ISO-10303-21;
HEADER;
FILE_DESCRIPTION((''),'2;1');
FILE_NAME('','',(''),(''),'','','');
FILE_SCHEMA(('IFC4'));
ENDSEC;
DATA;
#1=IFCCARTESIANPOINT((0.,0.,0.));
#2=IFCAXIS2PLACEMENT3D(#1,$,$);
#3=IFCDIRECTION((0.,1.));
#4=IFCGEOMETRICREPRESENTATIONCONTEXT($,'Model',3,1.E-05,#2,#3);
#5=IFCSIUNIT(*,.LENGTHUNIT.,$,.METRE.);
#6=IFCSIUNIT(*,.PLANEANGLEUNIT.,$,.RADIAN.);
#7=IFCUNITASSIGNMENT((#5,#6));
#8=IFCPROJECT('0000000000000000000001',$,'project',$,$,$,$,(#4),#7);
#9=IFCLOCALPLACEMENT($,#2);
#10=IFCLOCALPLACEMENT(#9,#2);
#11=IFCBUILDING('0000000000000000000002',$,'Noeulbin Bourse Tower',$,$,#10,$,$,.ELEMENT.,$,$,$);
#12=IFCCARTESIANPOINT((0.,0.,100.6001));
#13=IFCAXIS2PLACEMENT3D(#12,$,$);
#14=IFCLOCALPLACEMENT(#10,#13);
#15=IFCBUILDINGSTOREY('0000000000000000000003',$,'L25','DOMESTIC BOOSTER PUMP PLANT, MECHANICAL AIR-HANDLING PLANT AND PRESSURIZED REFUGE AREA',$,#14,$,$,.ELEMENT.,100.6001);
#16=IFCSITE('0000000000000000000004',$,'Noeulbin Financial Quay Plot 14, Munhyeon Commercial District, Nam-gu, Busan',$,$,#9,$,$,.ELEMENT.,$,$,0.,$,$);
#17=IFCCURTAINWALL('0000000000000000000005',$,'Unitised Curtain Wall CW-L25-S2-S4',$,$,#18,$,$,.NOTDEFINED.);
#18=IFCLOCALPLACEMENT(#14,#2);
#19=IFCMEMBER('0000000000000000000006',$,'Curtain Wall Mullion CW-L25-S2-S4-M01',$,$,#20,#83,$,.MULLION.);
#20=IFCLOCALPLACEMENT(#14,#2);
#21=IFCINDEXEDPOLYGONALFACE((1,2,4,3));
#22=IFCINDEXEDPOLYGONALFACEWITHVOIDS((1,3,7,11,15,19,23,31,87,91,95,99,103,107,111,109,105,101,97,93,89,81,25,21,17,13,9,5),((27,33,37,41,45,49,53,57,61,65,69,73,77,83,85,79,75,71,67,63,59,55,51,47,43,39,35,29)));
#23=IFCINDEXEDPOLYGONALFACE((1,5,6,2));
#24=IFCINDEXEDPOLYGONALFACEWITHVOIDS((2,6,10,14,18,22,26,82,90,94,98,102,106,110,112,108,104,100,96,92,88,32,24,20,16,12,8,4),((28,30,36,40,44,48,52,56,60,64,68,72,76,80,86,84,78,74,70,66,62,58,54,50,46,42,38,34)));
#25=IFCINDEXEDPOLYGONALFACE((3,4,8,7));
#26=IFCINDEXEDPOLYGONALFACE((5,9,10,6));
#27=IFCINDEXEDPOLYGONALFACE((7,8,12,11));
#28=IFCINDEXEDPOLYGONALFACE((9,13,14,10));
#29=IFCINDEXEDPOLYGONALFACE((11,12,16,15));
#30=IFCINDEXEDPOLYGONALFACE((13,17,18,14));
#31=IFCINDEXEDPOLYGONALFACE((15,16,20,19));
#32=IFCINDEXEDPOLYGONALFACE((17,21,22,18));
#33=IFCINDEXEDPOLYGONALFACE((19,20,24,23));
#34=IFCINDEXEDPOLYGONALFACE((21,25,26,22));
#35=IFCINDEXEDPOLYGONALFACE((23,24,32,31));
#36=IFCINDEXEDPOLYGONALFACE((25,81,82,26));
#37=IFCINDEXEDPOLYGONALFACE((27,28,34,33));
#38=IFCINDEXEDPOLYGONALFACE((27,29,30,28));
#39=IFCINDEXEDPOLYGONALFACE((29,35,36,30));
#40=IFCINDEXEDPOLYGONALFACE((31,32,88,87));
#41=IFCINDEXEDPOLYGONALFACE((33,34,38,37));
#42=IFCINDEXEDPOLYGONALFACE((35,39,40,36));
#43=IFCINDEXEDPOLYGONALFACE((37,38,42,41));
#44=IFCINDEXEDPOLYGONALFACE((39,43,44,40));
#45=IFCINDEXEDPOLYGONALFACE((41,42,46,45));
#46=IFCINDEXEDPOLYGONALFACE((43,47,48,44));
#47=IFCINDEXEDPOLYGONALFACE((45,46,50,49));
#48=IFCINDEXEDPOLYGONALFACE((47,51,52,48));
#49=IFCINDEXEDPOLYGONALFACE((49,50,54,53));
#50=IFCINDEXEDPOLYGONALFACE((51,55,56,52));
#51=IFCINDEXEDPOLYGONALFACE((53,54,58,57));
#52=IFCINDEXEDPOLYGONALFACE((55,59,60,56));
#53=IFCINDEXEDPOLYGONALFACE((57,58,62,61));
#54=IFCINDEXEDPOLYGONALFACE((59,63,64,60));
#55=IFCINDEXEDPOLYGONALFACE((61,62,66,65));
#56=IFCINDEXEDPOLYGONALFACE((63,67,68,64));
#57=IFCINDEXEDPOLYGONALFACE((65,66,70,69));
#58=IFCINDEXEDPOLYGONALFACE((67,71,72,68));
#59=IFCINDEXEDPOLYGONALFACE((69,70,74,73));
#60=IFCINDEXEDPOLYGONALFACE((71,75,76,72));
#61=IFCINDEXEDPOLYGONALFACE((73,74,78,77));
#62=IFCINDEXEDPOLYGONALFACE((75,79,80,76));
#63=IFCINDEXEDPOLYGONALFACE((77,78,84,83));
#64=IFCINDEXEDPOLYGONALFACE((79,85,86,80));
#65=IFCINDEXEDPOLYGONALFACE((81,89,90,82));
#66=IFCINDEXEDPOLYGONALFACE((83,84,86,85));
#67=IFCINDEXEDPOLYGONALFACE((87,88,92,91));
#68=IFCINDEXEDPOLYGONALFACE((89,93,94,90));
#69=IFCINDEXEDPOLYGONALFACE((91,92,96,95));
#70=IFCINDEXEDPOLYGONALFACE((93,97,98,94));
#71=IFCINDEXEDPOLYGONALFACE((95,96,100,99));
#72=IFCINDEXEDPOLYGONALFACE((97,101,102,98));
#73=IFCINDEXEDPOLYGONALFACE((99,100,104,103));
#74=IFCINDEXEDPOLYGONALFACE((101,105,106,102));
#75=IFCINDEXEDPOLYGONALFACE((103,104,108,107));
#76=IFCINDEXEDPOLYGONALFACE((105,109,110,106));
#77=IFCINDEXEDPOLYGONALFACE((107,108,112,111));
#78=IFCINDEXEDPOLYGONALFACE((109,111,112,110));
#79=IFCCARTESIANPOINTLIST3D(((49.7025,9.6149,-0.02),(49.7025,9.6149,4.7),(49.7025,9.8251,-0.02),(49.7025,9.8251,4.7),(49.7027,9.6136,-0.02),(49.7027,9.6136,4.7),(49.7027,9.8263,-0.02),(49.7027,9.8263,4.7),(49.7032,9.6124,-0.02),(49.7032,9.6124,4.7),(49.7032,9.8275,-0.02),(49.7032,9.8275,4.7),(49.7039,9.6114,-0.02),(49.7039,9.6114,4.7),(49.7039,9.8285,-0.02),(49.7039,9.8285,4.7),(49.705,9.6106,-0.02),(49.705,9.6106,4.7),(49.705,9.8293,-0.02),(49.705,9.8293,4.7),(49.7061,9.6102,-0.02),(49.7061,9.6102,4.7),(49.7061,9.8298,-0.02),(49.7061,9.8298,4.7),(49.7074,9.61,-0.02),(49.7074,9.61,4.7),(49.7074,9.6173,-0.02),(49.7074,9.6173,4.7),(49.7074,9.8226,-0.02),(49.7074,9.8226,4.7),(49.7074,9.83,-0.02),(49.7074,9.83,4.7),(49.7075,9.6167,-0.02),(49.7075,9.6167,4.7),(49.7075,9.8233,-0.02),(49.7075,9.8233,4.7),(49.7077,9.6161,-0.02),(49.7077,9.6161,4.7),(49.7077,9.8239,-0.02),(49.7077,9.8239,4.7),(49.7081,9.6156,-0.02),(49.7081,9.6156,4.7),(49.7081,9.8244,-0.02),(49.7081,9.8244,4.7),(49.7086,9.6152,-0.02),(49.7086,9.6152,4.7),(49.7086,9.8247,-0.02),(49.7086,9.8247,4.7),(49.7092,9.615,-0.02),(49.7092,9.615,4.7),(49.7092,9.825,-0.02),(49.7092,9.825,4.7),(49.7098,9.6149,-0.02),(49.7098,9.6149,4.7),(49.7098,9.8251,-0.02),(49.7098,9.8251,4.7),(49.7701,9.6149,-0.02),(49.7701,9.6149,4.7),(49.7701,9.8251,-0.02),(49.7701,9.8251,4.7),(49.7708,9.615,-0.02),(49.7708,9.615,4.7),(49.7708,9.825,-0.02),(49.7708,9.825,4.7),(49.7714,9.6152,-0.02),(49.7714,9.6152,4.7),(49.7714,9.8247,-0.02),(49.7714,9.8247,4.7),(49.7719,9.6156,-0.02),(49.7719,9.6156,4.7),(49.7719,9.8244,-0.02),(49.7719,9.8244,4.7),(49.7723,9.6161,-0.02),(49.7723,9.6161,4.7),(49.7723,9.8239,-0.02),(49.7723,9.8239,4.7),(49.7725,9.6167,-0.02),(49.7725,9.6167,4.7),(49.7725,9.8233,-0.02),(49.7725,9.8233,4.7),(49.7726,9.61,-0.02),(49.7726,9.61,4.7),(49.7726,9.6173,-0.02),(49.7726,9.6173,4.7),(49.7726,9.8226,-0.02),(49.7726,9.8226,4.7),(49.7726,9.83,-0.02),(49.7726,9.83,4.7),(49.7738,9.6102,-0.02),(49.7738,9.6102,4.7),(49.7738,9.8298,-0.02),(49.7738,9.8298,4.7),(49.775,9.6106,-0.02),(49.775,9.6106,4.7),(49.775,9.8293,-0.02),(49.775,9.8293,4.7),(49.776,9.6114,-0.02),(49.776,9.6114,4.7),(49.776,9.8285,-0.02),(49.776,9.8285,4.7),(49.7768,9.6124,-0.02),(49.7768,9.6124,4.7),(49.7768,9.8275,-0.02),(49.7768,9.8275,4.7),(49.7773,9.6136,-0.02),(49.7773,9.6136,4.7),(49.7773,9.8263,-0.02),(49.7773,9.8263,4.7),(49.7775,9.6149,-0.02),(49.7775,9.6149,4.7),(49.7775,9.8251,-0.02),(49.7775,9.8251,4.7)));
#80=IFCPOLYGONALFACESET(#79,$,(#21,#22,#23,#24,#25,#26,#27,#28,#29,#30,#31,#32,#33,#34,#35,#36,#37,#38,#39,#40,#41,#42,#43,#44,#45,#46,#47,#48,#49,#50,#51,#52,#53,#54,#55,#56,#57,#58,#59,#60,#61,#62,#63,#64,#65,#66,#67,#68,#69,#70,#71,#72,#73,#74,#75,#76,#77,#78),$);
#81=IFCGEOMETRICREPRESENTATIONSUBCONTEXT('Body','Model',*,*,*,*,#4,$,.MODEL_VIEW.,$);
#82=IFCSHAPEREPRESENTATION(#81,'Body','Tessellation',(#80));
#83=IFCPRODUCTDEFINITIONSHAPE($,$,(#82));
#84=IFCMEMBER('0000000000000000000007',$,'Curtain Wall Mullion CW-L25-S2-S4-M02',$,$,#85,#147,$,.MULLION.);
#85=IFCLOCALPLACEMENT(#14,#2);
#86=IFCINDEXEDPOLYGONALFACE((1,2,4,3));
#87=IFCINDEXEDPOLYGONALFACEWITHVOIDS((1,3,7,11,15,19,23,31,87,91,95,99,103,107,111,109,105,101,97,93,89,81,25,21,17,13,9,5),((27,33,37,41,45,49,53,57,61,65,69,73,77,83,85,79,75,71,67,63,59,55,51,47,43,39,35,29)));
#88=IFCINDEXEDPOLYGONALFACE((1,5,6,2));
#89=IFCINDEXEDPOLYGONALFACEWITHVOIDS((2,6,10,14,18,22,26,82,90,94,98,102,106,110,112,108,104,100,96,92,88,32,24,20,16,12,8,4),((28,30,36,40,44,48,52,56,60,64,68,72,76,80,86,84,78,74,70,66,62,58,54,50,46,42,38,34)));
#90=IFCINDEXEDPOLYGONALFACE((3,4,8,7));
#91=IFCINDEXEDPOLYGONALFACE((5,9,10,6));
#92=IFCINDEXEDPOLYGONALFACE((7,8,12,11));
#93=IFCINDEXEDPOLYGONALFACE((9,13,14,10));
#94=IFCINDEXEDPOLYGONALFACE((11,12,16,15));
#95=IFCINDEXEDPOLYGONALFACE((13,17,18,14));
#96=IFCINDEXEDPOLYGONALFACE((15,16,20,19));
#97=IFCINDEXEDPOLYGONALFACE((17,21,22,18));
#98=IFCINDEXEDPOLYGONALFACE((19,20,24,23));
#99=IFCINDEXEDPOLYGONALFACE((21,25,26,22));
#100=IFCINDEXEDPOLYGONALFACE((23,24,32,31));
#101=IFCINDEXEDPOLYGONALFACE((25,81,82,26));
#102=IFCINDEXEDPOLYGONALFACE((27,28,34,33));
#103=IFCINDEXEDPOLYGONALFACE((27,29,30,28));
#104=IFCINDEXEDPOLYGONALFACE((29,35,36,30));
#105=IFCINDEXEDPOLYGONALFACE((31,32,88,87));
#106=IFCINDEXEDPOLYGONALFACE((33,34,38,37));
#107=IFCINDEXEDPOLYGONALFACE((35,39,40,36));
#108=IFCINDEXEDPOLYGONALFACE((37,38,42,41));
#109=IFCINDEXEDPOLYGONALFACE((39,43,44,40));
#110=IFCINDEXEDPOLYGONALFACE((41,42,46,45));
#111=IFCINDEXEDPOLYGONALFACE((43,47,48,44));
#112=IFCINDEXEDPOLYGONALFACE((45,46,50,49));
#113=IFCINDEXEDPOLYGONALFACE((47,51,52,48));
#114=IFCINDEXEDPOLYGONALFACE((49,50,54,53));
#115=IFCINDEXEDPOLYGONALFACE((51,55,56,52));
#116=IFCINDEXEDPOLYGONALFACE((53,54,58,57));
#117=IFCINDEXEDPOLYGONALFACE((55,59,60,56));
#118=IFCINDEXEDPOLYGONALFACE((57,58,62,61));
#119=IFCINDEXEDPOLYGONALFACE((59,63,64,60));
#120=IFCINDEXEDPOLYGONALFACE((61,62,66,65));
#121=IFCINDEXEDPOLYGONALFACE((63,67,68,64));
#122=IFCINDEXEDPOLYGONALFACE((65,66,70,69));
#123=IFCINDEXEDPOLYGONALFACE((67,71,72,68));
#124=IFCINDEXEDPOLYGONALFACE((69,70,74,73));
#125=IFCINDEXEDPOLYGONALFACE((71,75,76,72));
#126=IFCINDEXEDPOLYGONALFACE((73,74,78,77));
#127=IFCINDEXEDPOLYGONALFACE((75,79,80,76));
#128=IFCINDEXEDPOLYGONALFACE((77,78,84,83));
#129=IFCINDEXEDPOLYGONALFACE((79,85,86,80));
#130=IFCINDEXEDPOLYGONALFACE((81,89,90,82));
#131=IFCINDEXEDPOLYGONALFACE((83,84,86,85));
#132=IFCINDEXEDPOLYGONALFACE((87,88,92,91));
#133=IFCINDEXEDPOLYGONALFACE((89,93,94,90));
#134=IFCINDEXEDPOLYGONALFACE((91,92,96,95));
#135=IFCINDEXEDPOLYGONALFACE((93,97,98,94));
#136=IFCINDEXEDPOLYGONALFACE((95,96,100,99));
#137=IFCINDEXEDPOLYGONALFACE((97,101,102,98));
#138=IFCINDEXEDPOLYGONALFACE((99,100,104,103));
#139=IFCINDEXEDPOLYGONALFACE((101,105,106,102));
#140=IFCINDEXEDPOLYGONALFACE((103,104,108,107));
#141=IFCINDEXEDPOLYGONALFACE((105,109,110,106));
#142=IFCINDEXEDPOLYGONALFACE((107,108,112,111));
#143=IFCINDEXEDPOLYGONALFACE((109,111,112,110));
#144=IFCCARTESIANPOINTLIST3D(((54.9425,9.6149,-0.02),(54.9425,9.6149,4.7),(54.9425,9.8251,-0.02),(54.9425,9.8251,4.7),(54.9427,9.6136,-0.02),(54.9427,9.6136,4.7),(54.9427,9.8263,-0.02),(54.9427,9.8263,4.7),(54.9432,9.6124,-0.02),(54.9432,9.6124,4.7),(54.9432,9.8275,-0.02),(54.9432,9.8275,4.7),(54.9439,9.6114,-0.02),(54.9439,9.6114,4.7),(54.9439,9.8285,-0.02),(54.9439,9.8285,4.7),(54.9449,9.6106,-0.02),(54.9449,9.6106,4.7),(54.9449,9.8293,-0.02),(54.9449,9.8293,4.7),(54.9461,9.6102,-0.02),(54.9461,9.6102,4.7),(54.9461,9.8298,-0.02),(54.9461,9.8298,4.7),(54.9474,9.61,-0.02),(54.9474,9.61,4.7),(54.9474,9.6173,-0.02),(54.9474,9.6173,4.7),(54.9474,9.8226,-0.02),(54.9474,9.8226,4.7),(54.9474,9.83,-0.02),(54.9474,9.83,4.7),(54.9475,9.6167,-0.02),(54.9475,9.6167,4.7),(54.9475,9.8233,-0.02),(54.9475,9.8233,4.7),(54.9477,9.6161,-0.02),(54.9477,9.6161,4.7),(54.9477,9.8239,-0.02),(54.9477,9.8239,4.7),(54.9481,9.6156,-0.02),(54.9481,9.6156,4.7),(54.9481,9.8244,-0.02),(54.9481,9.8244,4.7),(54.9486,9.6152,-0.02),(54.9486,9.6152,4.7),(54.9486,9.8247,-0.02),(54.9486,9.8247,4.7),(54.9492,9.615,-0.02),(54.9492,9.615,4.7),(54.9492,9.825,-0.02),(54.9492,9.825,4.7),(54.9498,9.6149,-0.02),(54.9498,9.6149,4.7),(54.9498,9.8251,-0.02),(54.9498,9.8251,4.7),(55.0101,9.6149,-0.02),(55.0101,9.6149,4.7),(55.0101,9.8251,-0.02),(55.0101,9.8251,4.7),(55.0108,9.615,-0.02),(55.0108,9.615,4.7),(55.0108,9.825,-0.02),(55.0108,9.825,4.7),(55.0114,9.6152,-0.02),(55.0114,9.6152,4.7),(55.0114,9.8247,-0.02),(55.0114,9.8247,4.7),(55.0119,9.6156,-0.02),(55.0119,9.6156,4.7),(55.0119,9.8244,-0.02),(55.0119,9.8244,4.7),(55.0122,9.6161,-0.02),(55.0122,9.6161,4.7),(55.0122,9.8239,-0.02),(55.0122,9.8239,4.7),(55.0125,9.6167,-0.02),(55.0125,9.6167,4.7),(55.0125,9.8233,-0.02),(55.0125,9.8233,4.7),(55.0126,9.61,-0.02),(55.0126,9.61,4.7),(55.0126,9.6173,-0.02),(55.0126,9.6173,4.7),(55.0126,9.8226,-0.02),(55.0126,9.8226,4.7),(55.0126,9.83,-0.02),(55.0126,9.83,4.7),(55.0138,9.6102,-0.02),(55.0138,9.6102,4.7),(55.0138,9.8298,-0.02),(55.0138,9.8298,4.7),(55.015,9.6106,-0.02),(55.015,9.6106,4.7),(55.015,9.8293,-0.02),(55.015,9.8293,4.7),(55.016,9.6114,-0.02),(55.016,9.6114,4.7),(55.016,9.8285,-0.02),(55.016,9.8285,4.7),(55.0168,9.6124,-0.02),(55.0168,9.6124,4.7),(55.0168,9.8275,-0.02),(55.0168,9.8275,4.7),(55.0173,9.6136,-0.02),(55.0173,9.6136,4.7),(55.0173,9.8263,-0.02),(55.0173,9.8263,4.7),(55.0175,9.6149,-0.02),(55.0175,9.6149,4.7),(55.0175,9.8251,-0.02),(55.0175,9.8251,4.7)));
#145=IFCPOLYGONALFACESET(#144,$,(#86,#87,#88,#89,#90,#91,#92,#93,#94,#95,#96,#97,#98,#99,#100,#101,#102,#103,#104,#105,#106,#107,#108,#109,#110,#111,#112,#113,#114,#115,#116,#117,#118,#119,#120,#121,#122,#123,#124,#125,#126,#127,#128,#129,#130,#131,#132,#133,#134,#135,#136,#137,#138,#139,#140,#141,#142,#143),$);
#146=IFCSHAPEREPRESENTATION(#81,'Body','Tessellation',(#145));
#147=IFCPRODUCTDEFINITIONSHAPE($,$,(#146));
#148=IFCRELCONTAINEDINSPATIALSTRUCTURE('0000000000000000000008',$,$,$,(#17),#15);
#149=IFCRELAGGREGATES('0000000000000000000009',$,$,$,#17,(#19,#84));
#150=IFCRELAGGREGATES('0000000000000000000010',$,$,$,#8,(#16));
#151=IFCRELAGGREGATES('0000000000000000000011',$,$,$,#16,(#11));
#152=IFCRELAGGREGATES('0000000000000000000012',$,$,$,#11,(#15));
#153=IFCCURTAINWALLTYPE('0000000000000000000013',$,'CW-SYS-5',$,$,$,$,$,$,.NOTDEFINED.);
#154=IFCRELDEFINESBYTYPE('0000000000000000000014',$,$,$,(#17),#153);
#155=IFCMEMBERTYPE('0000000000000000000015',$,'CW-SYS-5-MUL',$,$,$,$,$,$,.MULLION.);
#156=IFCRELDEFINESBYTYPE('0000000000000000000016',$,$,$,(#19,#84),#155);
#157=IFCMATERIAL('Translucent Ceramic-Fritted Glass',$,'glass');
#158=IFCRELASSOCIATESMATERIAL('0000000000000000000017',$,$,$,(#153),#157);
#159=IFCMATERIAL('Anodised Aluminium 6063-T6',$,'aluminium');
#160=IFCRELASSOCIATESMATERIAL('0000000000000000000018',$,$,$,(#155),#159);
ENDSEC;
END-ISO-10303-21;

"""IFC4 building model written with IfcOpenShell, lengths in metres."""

from ifc_helpers import new_model, si_unit, direction, frame, origin, origin_2d, place, context, subcontext, project, spatial, hollow_rectangle, extrude, material, material_profile, profile_set, type_object, element, aggregate, save


model = new_model("IFC4")

# Units and contexts
model_context = context("Model", 3, precision=1e-05, world=origin(), true_north=direction((0.0, 1.0)))
body_context = subcontext(model_context, "Body", "Model", "MODEL_VIEW")
ifc_project = project(units=[si_unit("LENGTHUNIT", "METRE"), si_unit("PLANEANGLEUNIT", "RADIAN")], contexts=[model_context])

# Site, building, storey
site_placement = place(None, origin())
site = spatial("IfcSite", under=ifc_project, at=site_placement, Name="Noeulbin Financial Quay Plot 14, Munhyeon Commercial District, Nam-gu, Busan", CompositionType="ELEMENT", RefElevation=0.0)
building_placement = place(site_placement, origin())
building = spatial("IfcBuilding", under=site, at=building_placement, Name="Noeulbin Bourse Tower", CompositionType="ELEMENT")
storey_placement = place(building_placement, frame((0.0, 0.0, 100.6001)))
storey = spatial("IfcBuildingStorey", under=building, at=storey_placement, Name="L25", Description="DOMESTIC BOOSTER PUMP PLANT, MECHANICAL AIR-HANDLING PLANT AND PRESSURIZED REFUGE AREA", CompositionType="ELEMENT", Elevation=100.6001)

# Curtain wall, members
ifc_material_1 = material(Name="Translucent Ceramic-Fritted Glass", Category="glass")
curtain_wall_type = type_object("IfcCurtainWallType", Name="CW-SYS-5", PredefinedType="NOTDEFINED", material=ifc_material_1)
curtain_wall_1_placement = place(storey_placement, origin())
curtain_wall_1 = element("IfcCurtainWall", 1, at=curtain_wall_1_placement, inside=storey, type_object=curtain_wall_type, Name="Unitised Curtain Wall CW-L25-S2-S4", PredefinedType="NOTDEFINED")
ifc_material_2 = material(Name="Anodised Aluminium 6063-T6", Category="aluminium")
ifc_material_profile_1 = material_profile(ifc_material_2, hollow_rectangle(XDim=0.075, YDim=0.22, WallThickness=0.0049, InnerFilletRadius=0.0024, OuterFilletRadius=0.0049, at=origin_2d()), Name="ALU-MULL-75x220x5", Category="LoadBearing")
ifc_profile_set_1 = profile_set([ifc_material_profile_1], Name="Anodised Aluminium 6063-T6")
member_type_1 = type_object("IfcMemberType", Name="CW-SYS-5-MUL", PredefinedType="MULLION", material=ifc_profile_set_1)
member_1_placement = place(storey_placement, frame((49.74, 9.72, -0.02), z_axis=(0.0, 0.0, 1.0), x_axis=(1.0, 0.0, 0.0)))
member_1 = element("IfcMember", 2, at=member_1_placement, type_object=member_type_1, Name="Curtain Wall Mullion CW-L25-S2-S4-M01", PredefinedType="MULLION", context=body_context, shape_type="SweptSolid", body=[
    extrude(hollow_rectangle(XDim=0.075, YDim=0.22, WallThickness=0.0049, InnerFilletRadius=0.0024, OuterFilletRadius=0.0049, at=origin_2d()), origin(), (0.0, 0.0, 1.0), 4.72),
])
member_2_placement = place(storey_placement, frame((54.98, 9.72, -0.02), z_axis=(0.0, 0.0, 1.0), x_axis=(1.0, 0.0, 0.0)))
member_2 = element("IfcMember", 3, at=member_2_placement, type_object=member_type_1, Name="Curtain Wall Mullion CW-L25-S2-S4-M02", PredefinedType="MULLION", context=body_context, shape_type="SweptSolid", body=[
    extrude(hollow_rectangle(XDim=0.075, YDim=0.22, WallThickness=0.0049, InnerFilletRadius=0.0024, OuterFilletRadius=0.0049, at=origin_2d()), origin(), (0.0, 0.0, 1.0), 4.72),
])

aggregate(curtain_wall_1, [member_1, member_2])

save(model, "model.ifc")
